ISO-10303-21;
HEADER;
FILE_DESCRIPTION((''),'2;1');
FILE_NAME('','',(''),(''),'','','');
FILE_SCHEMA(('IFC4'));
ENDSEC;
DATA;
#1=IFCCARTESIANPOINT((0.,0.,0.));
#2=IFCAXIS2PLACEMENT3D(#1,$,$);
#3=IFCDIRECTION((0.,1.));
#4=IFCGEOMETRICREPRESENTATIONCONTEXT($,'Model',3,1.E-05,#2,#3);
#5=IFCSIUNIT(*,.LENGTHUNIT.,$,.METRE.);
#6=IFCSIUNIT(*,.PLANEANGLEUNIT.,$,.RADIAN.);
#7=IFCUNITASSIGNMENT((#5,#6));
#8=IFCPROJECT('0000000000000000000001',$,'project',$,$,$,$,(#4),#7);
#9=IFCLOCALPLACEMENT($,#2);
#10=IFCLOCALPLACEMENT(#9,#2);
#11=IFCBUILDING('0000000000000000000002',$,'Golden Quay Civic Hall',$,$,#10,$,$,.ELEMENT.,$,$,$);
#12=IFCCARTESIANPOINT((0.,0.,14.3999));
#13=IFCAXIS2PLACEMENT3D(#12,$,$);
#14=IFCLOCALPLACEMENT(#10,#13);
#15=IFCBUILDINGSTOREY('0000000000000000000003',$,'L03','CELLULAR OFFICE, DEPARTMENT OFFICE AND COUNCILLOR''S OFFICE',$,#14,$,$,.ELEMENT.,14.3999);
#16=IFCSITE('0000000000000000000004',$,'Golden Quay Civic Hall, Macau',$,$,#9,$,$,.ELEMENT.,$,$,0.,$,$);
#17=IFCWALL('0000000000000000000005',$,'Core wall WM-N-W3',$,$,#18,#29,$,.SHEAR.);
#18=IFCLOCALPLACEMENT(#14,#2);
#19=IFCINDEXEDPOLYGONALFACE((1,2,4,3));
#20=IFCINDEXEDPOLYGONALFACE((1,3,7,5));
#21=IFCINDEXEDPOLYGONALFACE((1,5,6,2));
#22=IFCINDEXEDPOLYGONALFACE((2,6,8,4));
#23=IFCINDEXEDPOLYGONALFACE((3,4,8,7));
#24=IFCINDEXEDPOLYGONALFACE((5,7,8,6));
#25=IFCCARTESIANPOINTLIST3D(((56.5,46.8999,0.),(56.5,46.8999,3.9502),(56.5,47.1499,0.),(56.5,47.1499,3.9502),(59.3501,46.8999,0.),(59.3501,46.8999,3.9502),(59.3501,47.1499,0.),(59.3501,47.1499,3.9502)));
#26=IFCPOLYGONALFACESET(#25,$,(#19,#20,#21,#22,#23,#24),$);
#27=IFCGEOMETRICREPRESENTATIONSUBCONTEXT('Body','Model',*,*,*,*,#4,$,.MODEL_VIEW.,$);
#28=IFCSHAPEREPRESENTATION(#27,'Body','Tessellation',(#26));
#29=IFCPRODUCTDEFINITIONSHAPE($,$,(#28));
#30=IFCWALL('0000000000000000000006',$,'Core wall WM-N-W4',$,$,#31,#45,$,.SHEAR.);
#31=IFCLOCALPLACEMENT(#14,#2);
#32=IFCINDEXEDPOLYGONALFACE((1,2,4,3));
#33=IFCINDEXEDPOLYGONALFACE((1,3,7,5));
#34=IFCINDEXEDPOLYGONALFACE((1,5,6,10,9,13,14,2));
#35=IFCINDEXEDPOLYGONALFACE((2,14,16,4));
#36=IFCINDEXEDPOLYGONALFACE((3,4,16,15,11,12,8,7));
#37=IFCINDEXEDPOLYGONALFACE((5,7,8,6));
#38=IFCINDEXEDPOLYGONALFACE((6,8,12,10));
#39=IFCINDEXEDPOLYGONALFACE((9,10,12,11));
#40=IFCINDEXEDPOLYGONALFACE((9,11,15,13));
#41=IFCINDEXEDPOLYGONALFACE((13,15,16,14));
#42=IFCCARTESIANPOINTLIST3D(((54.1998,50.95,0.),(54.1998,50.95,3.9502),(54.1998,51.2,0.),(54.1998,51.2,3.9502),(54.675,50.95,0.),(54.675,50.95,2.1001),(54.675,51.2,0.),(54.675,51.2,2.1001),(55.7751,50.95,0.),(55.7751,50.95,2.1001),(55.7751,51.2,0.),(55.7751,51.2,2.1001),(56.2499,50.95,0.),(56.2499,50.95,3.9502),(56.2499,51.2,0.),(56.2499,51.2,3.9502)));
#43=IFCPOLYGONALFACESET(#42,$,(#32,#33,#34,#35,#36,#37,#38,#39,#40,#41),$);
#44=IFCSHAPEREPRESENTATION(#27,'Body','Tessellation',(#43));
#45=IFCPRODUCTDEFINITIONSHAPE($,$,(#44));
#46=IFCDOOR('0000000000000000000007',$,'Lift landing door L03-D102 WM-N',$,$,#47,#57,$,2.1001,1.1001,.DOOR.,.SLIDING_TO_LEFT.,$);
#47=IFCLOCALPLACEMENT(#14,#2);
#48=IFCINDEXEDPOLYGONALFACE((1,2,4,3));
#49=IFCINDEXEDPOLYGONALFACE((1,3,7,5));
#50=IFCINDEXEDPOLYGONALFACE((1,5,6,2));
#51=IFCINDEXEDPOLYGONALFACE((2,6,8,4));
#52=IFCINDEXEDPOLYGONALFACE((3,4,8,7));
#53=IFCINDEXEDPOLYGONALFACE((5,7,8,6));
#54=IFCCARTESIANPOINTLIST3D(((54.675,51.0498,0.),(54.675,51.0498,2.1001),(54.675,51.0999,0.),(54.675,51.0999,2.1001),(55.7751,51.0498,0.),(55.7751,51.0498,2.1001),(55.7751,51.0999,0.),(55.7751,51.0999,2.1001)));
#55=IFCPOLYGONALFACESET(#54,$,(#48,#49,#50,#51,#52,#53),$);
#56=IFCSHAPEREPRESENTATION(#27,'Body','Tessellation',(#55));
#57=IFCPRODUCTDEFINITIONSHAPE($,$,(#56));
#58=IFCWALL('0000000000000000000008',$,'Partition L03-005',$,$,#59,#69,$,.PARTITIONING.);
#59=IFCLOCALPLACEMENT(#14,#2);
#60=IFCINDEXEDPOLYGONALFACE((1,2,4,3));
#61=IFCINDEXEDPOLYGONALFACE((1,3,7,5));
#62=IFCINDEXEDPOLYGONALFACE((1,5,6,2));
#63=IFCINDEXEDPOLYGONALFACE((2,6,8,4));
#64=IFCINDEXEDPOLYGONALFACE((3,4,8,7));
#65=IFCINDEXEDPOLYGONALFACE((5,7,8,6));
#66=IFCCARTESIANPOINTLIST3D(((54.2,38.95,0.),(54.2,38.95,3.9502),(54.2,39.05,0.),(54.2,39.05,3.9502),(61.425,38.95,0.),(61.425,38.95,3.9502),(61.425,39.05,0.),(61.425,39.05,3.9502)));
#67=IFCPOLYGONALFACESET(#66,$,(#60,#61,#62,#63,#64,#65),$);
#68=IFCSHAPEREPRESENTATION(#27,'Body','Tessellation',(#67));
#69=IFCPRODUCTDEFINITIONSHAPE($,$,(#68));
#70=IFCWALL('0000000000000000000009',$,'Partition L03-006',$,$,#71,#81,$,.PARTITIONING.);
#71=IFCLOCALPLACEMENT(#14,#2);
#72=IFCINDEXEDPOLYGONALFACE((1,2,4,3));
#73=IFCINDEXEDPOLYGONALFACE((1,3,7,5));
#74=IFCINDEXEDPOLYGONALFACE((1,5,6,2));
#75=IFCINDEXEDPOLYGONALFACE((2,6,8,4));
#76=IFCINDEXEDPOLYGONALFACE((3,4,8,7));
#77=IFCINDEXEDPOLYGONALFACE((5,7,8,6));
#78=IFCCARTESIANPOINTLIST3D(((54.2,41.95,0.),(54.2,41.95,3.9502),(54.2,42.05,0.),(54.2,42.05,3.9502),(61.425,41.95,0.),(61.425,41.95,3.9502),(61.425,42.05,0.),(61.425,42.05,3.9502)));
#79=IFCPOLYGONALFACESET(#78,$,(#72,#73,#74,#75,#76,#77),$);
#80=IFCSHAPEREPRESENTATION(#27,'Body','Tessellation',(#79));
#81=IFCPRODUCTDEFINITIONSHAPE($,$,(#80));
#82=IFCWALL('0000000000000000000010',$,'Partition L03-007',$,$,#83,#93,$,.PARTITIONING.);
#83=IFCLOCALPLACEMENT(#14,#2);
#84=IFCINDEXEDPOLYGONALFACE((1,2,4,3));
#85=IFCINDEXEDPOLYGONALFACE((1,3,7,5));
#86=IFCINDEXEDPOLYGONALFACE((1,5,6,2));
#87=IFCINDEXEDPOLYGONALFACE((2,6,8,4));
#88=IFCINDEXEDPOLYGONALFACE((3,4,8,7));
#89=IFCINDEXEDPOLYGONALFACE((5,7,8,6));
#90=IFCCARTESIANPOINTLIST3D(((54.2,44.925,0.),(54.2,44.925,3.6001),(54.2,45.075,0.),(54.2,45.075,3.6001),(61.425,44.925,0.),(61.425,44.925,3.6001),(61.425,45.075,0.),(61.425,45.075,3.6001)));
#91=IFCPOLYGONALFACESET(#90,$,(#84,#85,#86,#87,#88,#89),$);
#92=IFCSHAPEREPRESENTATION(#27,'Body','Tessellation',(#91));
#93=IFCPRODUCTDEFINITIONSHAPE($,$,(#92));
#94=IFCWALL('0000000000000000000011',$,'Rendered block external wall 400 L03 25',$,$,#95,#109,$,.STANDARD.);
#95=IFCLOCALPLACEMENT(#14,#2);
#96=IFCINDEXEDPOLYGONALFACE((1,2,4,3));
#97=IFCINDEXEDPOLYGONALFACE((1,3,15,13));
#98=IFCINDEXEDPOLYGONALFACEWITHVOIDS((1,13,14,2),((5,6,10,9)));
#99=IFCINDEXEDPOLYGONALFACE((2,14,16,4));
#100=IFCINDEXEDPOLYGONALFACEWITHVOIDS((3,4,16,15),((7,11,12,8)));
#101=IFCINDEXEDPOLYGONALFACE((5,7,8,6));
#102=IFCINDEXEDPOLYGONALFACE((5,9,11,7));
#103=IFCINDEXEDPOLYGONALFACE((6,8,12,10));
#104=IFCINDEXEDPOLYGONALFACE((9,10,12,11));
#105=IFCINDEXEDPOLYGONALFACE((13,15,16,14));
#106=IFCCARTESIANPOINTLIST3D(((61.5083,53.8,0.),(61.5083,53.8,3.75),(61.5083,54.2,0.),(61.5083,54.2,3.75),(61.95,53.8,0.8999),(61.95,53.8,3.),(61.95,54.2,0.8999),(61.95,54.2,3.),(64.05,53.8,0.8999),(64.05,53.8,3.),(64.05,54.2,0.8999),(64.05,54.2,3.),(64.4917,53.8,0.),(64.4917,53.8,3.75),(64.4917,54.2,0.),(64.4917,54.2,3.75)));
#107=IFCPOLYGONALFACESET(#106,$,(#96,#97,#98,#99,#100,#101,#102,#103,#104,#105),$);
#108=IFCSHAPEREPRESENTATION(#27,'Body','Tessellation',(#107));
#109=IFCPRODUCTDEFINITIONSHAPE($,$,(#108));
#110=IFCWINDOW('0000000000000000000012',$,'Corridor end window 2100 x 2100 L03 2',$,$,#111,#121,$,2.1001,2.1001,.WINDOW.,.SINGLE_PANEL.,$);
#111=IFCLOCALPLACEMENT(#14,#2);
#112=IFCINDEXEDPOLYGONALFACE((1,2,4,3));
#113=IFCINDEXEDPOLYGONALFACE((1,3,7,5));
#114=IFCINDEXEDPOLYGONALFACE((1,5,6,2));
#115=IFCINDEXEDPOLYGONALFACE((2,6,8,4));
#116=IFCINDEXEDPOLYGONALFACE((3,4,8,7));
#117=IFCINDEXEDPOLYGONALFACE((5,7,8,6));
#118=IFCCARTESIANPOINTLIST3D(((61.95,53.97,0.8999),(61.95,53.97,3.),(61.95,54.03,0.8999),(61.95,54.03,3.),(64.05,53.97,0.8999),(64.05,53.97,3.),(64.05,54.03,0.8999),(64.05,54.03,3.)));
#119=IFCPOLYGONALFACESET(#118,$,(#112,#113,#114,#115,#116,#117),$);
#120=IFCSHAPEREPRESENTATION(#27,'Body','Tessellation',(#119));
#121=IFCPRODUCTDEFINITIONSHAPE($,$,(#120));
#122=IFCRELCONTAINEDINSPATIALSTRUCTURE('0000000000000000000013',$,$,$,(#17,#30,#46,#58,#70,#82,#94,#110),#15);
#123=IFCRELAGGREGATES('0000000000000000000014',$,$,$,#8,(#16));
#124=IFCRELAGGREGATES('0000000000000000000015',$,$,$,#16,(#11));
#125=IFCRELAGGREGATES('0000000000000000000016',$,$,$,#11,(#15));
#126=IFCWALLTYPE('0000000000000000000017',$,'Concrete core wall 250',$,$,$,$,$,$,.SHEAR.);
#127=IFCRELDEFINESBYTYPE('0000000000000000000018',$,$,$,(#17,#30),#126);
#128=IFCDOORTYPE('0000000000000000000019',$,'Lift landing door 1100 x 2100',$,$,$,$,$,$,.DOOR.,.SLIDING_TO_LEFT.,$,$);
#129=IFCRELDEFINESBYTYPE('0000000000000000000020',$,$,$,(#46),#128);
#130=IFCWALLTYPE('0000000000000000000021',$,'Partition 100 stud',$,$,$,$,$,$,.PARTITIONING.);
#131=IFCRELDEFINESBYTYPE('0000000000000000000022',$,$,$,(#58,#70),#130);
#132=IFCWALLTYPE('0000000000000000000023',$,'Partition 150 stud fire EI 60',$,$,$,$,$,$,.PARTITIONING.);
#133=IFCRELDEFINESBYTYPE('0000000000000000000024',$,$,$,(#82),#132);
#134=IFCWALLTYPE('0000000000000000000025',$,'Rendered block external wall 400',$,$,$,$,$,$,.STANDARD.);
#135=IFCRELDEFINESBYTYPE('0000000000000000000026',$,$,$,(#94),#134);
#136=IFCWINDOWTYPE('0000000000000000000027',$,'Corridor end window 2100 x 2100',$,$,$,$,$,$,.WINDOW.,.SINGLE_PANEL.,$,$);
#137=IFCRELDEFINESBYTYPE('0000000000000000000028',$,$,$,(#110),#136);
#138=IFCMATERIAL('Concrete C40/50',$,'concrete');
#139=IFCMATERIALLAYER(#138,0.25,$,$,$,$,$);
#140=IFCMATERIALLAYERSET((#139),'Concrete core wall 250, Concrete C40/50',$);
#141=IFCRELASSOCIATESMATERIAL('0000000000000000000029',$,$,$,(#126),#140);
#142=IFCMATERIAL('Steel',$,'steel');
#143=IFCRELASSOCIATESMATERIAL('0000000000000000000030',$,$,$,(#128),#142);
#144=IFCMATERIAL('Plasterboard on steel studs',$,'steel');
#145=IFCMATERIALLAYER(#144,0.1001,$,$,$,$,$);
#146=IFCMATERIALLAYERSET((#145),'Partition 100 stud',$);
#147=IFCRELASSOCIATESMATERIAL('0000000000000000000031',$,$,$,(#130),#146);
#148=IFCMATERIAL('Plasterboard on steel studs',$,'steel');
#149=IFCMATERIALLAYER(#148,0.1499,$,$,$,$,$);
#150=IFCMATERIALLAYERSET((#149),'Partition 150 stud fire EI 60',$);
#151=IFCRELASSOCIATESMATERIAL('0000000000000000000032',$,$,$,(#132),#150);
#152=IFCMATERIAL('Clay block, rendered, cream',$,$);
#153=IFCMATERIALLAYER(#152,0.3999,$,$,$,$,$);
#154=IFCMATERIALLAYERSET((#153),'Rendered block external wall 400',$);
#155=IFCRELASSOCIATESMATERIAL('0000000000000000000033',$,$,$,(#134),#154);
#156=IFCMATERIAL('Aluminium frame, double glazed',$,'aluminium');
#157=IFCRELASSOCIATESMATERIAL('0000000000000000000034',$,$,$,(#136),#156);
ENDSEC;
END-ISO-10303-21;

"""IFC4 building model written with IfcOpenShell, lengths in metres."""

from ifc_helpers import new_model, si_unit, direction, frame, frame_2d, origin, place, context, subcontext, project, spatial, rectangle, extrude, material, layer, layer_set, type_object, element, fill, save


model = new_model("IFC4")

# Units and contexts
model_context = context("Model", 3, precision=1e-05, world=origin(), true_north=direction((0.0, 1.0)))
body_context = subcontext(model_context, "Body", "Model", "MODEL_VIEW")
ifc_project = project(units=[si_unit("LENGTHUNIT", "METRE"), si_unit("PLANEANGLEUNIT", "RADIAN")], contexts=[model_context])

# Site, building, storey
site_placement = place(None, origin())
site = spatial("IfcSite", under=ifc_project, at=site_placement, Name="Golden Quay Civic Hall, Macau", CompositionType="ELEMENT", RefElevation=0.0)
building_placement = place(site_placement, origin())
building = spatial("IfcBuilding", under=site, at=building_placement, Name="Golden Quay Civic Hall", CompositionType="ELEMENT")
storey_placement = place(building_placement, frame((0.0, 0.0, 14.3999)))
storey = spatial("IfcBuildingStorey", under=building, at=storey_placement, Name="L03", Description="CELLULAR OFFICE, DEPARTMENT OFFICE AND COUNCILLOR'S OFFICE", CompositionType="ELEMENT", Elevation=14.3999)

# Shared definitions
ifc_material_1 = material(Name="Concrete C40/50", Category="concrete")
ifc_layer_1 = layer(ifc_material_1, 0.25)
ifc_layer_set_1 = layer_set([ifc_layer_1], Name="Concrete core wall 250, Concrete C40/50")
wall_type_1 = type_object("IfcWallType", Name="Concrete core wall 250", PredefinedType="SHEAR", material=ifc_layer_set_1)

# Wall
wall_1_placement = place(storey_placement, frame((56.5, 47.0249, 0.0), z_axis=(0.0, 0.0, 1.0), x_axis=(1.0, 0.0, 0.0)))
element("IfcWall", 1, at=wall_1_placement, inside=storey, type_object=wall_type_1, Name="Core wall WM-N-W3", PredefinedType="SHEAR", context=body_context, shape_type="SweptSolid", body=[
    extrude(rectangle(XDim=2.8501, YDim=0.25, at=frame_2d((1.425, 0.0))), origin(), (0.0, 0.0, 1.0), 3.9502),
])

# Wall, opening, door
wall_2_placement = place(storey_placement, frame((54.2, 51.075, 0.0), z_axis=(0.0, 0.0, 1.0), x_axis=(1.0, 0.0, 0.0)))
wall_2 = element("IfcWall", 2, at=wall_2_placement, inside=storey, type_object=wall_type_1, Name="Core wall WM-N-W4", PredefinedType="SHEAR", context=body_context, shape_type="SweptSolid", body=[
    extrude(rectangle(XDim=2.05, YDim=0.25, at=frame_2d((1.0249, 0.0))), origin(), (0.0, 0.0, 1.0), 3.9502),
])
opening_1_placement = place(wall_2_placement, frame((0.4751, 0.0, 0.0)))
opening_1 = element("IfcOpeningElement", 3, at=opening_1_placement, cuts=wall_2, PredefinedType="OPENING", context=body_context, shape_type="SweptSolid", body=[
    extrude(rectangle(XDim=1.1001, YDim=2.1001, at=frame_2d((0.55, 1.05))), frame((0.0, 0.135, 0.0), z_axis=(0.0, -1.0, 0.0), x_axis=(1.0, 0.0, 0.0)), (0.0, 0.0, 1.0), 0.27),
])
ifc_material_2 = material(Name="Steel", Category="steel")
door_type_1 = type_object("IfcDoorType", Name="Lift landing door 1100 x 2100", OperationType="SLIDING_TO_LEFT", PredefinedType="DOOR", material=ifc_material_2)
door_1_placement = place(opening_1_placement, origin())
door_1 = element("IfcDoor", 4, at=door_1_placement, inside=storey, type_object=door_type_1, Name="Lift landing door L03-D102 WM-N", OperationType="SLIDING_TO_LEFT", OverallHeight=2.1001, OverallWidth=1.1001, PredefinedType="DOOR", context=body_context, shape_type="SweptSolid", body=[
    extrude(rectangle(XDim=1.1001, YDim=2.1001, at=frame_2d((0.55, 1.05))), frame((0.0, 0.0249, 0.0), z_axis=(0.0, -1.0, 0.0), x_axis=(1.0, 0.0, 0.0)), (0.0, 0.0, 1.0), 0.05),
])
fill(opening_1, door_1)

# Walls
ifc_material_3 = material(Name="Plasterboard on steel studs", Category="steel")
ifc_layer_2 = layer(ifc_material_3, 0.1001)
ifc_layer_set_2 = layer_set([ifc_layer_2], Name="Partition 100 stud")
wall_type_2 = type_object("IfcWallType", Name="Partition 100 stud", PredefinedType="PARTITIONING", material=ifc_layer_set_2)
for number, where, z_axis, x_axis, name in (
    (5, (54.2, 39.0, 0.0), (0.0, 0.0, 1.0), (1.0, 0.0, 0.0), "Partition L03-005"),
    (6, (54.2, 42.0, 0.0), (0.0, 0.0, 1.0), (1.0, 0.0, 0.0), "Partition L03-006"),
):
    element("IfcWall", number, at=place(storey_placement, frame(where, z_axis=z_axis, x_axis=x_axis)), inside=storey, type_object=wall_type_2, Name=name, PredefinedType="PARTITIONING", context=body_context, shape_type="SweptSolid", body=[
        extrude(rectangle(XDim=7.2251, YDim=0.1001, at=frame_2d((3.6125, 0.0))), origin(), (0.0, 0.0, 1.0), 3.9502),
    ])
ifc_material_4 = material(Name="Plasterboard on steel studs", Category="steel")
ifc_layer_3 = layer(ifc_material_4, 0.1499)
ifc_layer_set_3 = layer_set([ifc_layer_3], Name="Partition 150 stud fire EI 60")
wall_type_3 = type_object("IfcWallType", Name="Partition 150 stud fire EI 60", PredefinedType="PARTITIONING", material=ifc_layer_set_3)
wall_3_placement = place(storey_placement, frame((54.2, 45.0, 0.0), z_axis=(0.0, 0.0, 1.0), x_axis=(1.0, 0.0, 0.0)))
element("IfcWall", 7, at=wall_3_placement, inside=storey, type_object=wall_type_3, Name="Partition L03-007", PredefinedType="PARTITIONING", context=body_context, shape_type="SweptSolid", body=[
    extrude(rectangle(XDim=7.2251, YDim=0.1499, at=frame_2d((3.6125, 0.0))), origin(), (0.0, 0.0, 1.0), 3.6001),
])

# Wall, opening, window
ifc_material_5 = material(Name="Clay block, rendered, cream")
ifc_layer_4 = layer(ifc_material_5, 0.3999)
ifc_layer_set_4 = layer_set([ifc_layer_4], Name="Rendered block external wall 400")
wall_type_4 = type_object("IfcWallType", Name="Rendered block external wall 400", PredefinedType="STANDARD", material=ifc_layer_set_4)
wall_4_placement = place(storey_placement, frame((61.5083, 54.0, 0.0), z_axis=(0.0, 0.0, 1.0), x_axis=(1.0, 0.0, 0.0)))
wall_4 = element("IfcWall", 8, at=wall_4_placement, inside=storey, type_object=wall_type_4, Name="Rendered block external wall 400 L03 25", PredefinedType="STANDARD", context=body_context, shape_type="SweptSolid", body=[
    extrude(rectangle(XDim=2.9834, YDim=0.3999, at=frame_2d((1.4917, 0.0))), origin(), (0.0, 0.0, 1.0), 3.75),
])
opening_2_placement = place(wall_4_placement, frame((0.4417, 0.0, 0.8999)))
opening_2 = element("IfcOpeningElement", 9, at=opening_2_placement, cuts=wall_4, PredefinedType="OPENING", context=body_context, shape_type="SweptSolid", body=[
    extrude(rectangle(XDim=2.1001, YDim=2.1001, at=frame_2d((1.05, 1.05))), frame((0.0, 0.21, 0.0), z_axis=(0.0, -1.0, 0.0), x_axis=(1.0, 0.0, 0.0)), (0.0, 0.0, 1.0), 0.4199),
])
ifc_material_6 = material(Name="Aluminium frame, double glazed", Category="aluminium")
window_type = type_object("IfcWindowType", Name="Corridor end window 2100 x 2100", PartitioningType="SINGLE_PANEL", PredefinedType="WINDOW", material=ifc_material_6)
window_placement = place(opening_2_placement, origin())
window = element("IfcWindow", 10, at=window_placement, inside=storey, type_object=window_type, Name="Corridor end window 2100 x 2100 L03 2", OverallHeight=2.1001, OverallWidth=2.1001, PartitioningType="SINGLE_PANEL", PredefinedType="WINDOW", context=body_context, shape_type="SweptSolid", body=[
    extrude(rectangle(XDim=2.1001, YDim=2.1001, at=frame_2d((1.05, 1.05))), frame((0.0, 0.03, 0.0), z_axis=(0.0, -1.0, 0.0), x_axis=(1.0, 0.0, 0.0)), (0.0, 0.0, 1.0), 0.0601),
])
fill(opening_2, window)

save(model, "model.ifc")
